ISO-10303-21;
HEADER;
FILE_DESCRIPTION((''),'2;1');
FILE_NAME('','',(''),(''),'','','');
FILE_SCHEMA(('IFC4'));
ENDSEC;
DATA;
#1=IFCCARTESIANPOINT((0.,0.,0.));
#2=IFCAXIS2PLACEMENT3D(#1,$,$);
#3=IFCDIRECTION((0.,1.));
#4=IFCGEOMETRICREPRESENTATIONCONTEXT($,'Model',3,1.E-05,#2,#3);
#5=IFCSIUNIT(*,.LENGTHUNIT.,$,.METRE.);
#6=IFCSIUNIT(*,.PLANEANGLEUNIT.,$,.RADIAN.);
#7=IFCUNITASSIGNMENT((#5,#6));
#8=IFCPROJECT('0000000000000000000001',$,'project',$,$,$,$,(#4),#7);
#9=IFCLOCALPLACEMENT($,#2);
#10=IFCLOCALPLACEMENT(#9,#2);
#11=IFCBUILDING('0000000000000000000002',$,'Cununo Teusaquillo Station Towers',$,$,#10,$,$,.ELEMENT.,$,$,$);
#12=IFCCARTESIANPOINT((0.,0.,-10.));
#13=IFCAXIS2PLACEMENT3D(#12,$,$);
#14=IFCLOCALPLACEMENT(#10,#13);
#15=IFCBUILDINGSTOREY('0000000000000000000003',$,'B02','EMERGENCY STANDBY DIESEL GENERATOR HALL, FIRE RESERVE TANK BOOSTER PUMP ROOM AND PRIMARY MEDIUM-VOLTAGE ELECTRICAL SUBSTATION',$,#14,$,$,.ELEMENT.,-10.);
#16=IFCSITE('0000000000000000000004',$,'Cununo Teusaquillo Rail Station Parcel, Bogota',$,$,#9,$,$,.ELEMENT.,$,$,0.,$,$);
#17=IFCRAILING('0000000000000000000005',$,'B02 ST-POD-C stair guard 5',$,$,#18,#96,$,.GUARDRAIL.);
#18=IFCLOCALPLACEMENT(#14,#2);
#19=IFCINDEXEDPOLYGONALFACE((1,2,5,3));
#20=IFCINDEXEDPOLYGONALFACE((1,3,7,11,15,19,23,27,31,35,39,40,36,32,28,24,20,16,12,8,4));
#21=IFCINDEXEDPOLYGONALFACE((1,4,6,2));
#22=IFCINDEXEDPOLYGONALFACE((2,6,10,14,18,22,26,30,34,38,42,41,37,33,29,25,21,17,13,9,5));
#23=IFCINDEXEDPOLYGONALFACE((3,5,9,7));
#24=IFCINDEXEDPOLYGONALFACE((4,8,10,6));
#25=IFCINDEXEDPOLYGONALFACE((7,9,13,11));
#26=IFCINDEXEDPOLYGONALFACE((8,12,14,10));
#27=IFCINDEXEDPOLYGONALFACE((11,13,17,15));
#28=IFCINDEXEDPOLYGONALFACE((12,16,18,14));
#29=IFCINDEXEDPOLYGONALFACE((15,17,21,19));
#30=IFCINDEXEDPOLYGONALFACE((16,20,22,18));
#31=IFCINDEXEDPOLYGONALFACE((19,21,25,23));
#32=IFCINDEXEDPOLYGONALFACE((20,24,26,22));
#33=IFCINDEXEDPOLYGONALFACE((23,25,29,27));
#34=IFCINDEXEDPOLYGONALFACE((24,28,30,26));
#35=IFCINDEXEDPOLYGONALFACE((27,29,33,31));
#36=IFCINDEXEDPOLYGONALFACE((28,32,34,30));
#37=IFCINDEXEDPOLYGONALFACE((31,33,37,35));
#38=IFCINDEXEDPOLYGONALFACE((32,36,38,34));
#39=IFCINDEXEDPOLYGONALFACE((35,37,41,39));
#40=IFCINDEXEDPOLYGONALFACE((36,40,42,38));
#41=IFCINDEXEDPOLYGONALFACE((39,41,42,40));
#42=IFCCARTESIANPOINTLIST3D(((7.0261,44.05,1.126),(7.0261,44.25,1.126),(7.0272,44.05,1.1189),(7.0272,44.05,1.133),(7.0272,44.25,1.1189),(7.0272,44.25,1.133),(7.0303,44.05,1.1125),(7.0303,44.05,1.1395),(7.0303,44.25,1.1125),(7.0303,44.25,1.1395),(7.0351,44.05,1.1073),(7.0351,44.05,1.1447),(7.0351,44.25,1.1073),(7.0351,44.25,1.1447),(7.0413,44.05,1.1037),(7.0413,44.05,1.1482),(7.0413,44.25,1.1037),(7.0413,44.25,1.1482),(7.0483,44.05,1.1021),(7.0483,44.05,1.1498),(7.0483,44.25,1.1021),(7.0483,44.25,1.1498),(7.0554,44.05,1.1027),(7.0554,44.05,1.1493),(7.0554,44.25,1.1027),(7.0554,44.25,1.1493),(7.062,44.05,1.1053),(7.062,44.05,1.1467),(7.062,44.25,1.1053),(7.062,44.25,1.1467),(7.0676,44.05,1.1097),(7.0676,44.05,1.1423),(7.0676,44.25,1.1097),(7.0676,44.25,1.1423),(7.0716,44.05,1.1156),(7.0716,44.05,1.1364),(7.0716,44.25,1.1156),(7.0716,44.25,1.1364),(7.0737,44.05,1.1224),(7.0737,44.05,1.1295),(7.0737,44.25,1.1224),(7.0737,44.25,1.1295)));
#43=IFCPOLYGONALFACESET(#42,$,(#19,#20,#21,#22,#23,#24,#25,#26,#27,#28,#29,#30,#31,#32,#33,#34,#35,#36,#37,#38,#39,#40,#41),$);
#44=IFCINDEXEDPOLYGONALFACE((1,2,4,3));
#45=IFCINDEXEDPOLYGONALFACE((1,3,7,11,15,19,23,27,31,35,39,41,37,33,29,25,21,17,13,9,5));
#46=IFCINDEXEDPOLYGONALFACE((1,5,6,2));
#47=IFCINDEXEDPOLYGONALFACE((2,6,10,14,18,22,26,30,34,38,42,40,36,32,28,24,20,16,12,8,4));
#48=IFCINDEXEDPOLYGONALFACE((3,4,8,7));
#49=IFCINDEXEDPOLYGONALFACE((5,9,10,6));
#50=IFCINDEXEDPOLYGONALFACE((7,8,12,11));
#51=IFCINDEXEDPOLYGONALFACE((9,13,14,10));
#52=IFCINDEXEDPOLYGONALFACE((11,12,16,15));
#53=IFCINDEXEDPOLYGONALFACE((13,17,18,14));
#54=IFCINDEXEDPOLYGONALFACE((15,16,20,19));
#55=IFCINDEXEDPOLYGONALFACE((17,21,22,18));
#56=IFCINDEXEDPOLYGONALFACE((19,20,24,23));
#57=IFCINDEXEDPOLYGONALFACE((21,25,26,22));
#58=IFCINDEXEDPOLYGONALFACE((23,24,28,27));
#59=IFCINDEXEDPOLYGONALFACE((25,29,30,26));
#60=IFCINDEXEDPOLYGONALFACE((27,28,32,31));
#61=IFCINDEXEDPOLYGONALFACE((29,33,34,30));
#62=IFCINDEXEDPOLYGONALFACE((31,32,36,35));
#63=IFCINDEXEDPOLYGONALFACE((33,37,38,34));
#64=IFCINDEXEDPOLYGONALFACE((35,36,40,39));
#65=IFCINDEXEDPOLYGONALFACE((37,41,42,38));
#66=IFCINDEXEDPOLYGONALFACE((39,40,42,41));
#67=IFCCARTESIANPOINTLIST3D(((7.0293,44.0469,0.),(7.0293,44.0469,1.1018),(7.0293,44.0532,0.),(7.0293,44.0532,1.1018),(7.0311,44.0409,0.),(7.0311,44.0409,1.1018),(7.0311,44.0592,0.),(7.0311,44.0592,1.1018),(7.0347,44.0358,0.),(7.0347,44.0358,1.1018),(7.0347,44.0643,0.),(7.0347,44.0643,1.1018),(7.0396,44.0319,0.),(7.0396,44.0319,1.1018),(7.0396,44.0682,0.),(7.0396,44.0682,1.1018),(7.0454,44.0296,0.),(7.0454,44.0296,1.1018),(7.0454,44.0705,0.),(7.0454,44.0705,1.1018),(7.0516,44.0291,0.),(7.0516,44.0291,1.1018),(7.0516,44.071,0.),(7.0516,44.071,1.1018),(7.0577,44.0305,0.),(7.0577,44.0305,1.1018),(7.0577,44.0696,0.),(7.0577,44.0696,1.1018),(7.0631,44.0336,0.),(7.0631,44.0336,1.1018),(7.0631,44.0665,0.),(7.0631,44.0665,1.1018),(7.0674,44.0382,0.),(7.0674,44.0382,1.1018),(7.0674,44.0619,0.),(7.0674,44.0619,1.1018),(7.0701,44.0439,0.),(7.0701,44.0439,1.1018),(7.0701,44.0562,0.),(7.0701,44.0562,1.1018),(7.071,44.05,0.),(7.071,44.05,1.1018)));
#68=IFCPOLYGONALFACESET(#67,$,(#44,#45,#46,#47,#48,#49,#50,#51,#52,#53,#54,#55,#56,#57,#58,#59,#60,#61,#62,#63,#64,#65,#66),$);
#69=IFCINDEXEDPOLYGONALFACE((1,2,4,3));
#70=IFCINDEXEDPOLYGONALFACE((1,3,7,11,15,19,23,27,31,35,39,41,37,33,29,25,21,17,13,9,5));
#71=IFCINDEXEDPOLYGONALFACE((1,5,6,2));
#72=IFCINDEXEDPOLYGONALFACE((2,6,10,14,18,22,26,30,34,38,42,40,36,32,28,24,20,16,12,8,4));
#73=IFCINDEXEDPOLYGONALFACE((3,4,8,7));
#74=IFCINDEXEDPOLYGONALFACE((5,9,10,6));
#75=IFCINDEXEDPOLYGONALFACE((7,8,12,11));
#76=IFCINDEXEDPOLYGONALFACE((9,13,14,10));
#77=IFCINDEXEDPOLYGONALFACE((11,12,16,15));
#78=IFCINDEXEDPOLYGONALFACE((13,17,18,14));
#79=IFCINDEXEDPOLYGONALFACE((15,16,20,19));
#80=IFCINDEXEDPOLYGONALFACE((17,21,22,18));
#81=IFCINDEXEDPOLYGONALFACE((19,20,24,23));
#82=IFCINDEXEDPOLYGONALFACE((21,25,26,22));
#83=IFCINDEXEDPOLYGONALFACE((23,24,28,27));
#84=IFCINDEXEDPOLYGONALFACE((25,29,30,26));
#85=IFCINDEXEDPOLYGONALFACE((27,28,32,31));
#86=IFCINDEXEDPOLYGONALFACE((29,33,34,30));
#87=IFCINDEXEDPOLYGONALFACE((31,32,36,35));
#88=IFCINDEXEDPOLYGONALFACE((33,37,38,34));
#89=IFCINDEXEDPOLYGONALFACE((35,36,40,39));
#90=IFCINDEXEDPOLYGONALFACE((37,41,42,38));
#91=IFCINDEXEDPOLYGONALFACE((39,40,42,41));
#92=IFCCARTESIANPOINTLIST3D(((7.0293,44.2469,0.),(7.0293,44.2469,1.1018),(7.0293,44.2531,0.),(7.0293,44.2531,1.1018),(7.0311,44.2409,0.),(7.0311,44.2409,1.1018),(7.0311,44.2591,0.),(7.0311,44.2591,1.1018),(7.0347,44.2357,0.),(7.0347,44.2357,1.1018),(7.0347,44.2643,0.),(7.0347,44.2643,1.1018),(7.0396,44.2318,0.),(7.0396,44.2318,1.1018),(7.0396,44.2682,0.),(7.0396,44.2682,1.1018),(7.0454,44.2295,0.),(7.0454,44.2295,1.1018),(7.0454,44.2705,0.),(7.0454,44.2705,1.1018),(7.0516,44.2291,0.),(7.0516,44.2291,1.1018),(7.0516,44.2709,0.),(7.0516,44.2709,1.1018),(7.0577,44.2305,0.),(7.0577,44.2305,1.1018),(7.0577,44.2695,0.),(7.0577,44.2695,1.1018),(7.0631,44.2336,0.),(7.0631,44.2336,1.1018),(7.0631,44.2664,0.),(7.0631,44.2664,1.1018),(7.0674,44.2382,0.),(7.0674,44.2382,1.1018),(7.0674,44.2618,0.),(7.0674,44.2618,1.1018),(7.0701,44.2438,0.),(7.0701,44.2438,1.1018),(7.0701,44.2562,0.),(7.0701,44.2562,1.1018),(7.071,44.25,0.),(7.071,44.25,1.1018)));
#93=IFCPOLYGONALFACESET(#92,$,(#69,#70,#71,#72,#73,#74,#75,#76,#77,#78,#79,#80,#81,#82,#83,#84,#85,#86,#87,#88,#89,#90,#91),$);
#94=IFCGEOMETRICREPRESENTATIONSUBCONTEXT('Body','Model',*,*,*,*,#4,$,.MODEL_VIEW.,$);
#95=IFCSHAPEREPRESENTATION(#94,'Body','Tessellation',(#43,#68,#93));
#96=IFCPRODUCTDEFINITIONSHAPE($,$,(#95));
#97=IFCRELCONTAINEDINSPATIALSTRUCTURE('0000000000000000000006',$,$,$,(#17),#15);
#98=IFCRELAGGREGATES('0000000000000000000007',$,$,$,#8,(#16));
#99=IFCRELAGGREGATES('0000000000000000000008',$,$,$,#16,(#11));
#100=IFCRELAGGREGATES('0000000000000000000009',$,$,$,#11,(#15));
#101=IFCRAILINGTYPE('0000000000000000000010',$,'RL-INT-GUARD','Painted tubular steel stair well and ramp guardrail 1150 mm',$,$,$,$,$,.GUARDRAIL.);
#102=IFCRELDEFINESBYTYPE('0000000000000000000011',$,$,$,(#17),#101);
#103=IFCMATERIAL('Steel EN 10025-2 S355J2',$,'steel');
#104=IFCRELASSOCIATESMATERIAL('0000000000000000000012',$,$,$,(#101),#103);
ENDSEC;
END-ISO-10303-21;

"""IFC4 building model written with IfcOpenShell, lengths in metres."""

from ifc_helpers import new_model, si_unit, direction, frame, origin, origin_2d, place, context, subcontext, project, spatial, circle, extrude, material, type_object, element, save


model = new_model("IFC4")

# Units and contexts
model_context = context("Model", 3, precision=1e-05, world=origin(), true_north=direction((0.0, 1.0)))
body_context = subcontext(model_context, "Body", "Model", "MODEL_VIEW")
ifc_project = project(units=[si_unit("LENGTHUNIT", "METRE"), si_unit("PLANEANGLEUNIT", "RADIAN")], contexts=[model_context])

# Site, building, storey
site_placement = place(None, origin())
site = spatial("IfcSite", under=ifc_project, at=site_placement, Name="Cununo Teusaquillo Rail Station Parcel, Bogota", CompositionType="ELEMENT", RefElevation=0.0)
building_placement = place(site_placement, origin())
building = spatial("IfcBuilding", under=site, at=building_placement, Name="Cununo Teusaquillo Station Towers", CompositionType="ELEMENT")
storey_placement = place(building_placement, frame((0.0, 0.0, -10.0)))
storey = spatial("IfcBuildingStorey", under=building, at=storey_placement, Name="B02", Description="EMERGENCY STANDBY DIESEL GENERATOR HALL, FIRE RESERVE TANK BOOSTER PUMP ROOM AND PRIMARY MEDIUM-VOLTAGE ELECTRICAL SUBSTATION", CompositionType="ELEMENT", Elevation=-10.0)

# Railing
ifc_material_1 = material(Name="Steel EN 10025-2 S355J2", Category="steel")
railing_type_1 = type_object("IfcRailingType", Name="RL-INT-GUARD", Description="Painted tubular steel stair well and ramp guardrail 1150 mm", PredefinedType="GUARDRAIL", material=ifc_material_1)
railing_1_placement = place(storey_placement, frame((7.05, 44.05, 0.0)))
element("IfcRailing", 1, at=railing_1_placement, inside=storey, type_object=railing_type_1, Name="B02 ST-POD-C stair guard 5", PredefinedType="GUARDRAIL", context=body_context, shape_type="SweptSolid", body=[
    extrude(circle(Radius=0.0239, at=origin_2d()), frame((0.0, 0.0, 1.126), z_axis=(0.0, 1.0, 0.0), x_axis=(-1.0, 0.0, 0.0)), (0.0, 0.0, 1.0), 0.2),
    extrude(circle(Radius=0.021, at=origin_2d()), origin(), (0.0, 0.0, 1.0), 1.1018),
    extrude(circle(Radius=0.021, at=origin_2d()), frame((0.0, 0.2, 0.0)), (0.0, 0.0, 1.0), 1.1018),
])

save(model, "model.ifc")
